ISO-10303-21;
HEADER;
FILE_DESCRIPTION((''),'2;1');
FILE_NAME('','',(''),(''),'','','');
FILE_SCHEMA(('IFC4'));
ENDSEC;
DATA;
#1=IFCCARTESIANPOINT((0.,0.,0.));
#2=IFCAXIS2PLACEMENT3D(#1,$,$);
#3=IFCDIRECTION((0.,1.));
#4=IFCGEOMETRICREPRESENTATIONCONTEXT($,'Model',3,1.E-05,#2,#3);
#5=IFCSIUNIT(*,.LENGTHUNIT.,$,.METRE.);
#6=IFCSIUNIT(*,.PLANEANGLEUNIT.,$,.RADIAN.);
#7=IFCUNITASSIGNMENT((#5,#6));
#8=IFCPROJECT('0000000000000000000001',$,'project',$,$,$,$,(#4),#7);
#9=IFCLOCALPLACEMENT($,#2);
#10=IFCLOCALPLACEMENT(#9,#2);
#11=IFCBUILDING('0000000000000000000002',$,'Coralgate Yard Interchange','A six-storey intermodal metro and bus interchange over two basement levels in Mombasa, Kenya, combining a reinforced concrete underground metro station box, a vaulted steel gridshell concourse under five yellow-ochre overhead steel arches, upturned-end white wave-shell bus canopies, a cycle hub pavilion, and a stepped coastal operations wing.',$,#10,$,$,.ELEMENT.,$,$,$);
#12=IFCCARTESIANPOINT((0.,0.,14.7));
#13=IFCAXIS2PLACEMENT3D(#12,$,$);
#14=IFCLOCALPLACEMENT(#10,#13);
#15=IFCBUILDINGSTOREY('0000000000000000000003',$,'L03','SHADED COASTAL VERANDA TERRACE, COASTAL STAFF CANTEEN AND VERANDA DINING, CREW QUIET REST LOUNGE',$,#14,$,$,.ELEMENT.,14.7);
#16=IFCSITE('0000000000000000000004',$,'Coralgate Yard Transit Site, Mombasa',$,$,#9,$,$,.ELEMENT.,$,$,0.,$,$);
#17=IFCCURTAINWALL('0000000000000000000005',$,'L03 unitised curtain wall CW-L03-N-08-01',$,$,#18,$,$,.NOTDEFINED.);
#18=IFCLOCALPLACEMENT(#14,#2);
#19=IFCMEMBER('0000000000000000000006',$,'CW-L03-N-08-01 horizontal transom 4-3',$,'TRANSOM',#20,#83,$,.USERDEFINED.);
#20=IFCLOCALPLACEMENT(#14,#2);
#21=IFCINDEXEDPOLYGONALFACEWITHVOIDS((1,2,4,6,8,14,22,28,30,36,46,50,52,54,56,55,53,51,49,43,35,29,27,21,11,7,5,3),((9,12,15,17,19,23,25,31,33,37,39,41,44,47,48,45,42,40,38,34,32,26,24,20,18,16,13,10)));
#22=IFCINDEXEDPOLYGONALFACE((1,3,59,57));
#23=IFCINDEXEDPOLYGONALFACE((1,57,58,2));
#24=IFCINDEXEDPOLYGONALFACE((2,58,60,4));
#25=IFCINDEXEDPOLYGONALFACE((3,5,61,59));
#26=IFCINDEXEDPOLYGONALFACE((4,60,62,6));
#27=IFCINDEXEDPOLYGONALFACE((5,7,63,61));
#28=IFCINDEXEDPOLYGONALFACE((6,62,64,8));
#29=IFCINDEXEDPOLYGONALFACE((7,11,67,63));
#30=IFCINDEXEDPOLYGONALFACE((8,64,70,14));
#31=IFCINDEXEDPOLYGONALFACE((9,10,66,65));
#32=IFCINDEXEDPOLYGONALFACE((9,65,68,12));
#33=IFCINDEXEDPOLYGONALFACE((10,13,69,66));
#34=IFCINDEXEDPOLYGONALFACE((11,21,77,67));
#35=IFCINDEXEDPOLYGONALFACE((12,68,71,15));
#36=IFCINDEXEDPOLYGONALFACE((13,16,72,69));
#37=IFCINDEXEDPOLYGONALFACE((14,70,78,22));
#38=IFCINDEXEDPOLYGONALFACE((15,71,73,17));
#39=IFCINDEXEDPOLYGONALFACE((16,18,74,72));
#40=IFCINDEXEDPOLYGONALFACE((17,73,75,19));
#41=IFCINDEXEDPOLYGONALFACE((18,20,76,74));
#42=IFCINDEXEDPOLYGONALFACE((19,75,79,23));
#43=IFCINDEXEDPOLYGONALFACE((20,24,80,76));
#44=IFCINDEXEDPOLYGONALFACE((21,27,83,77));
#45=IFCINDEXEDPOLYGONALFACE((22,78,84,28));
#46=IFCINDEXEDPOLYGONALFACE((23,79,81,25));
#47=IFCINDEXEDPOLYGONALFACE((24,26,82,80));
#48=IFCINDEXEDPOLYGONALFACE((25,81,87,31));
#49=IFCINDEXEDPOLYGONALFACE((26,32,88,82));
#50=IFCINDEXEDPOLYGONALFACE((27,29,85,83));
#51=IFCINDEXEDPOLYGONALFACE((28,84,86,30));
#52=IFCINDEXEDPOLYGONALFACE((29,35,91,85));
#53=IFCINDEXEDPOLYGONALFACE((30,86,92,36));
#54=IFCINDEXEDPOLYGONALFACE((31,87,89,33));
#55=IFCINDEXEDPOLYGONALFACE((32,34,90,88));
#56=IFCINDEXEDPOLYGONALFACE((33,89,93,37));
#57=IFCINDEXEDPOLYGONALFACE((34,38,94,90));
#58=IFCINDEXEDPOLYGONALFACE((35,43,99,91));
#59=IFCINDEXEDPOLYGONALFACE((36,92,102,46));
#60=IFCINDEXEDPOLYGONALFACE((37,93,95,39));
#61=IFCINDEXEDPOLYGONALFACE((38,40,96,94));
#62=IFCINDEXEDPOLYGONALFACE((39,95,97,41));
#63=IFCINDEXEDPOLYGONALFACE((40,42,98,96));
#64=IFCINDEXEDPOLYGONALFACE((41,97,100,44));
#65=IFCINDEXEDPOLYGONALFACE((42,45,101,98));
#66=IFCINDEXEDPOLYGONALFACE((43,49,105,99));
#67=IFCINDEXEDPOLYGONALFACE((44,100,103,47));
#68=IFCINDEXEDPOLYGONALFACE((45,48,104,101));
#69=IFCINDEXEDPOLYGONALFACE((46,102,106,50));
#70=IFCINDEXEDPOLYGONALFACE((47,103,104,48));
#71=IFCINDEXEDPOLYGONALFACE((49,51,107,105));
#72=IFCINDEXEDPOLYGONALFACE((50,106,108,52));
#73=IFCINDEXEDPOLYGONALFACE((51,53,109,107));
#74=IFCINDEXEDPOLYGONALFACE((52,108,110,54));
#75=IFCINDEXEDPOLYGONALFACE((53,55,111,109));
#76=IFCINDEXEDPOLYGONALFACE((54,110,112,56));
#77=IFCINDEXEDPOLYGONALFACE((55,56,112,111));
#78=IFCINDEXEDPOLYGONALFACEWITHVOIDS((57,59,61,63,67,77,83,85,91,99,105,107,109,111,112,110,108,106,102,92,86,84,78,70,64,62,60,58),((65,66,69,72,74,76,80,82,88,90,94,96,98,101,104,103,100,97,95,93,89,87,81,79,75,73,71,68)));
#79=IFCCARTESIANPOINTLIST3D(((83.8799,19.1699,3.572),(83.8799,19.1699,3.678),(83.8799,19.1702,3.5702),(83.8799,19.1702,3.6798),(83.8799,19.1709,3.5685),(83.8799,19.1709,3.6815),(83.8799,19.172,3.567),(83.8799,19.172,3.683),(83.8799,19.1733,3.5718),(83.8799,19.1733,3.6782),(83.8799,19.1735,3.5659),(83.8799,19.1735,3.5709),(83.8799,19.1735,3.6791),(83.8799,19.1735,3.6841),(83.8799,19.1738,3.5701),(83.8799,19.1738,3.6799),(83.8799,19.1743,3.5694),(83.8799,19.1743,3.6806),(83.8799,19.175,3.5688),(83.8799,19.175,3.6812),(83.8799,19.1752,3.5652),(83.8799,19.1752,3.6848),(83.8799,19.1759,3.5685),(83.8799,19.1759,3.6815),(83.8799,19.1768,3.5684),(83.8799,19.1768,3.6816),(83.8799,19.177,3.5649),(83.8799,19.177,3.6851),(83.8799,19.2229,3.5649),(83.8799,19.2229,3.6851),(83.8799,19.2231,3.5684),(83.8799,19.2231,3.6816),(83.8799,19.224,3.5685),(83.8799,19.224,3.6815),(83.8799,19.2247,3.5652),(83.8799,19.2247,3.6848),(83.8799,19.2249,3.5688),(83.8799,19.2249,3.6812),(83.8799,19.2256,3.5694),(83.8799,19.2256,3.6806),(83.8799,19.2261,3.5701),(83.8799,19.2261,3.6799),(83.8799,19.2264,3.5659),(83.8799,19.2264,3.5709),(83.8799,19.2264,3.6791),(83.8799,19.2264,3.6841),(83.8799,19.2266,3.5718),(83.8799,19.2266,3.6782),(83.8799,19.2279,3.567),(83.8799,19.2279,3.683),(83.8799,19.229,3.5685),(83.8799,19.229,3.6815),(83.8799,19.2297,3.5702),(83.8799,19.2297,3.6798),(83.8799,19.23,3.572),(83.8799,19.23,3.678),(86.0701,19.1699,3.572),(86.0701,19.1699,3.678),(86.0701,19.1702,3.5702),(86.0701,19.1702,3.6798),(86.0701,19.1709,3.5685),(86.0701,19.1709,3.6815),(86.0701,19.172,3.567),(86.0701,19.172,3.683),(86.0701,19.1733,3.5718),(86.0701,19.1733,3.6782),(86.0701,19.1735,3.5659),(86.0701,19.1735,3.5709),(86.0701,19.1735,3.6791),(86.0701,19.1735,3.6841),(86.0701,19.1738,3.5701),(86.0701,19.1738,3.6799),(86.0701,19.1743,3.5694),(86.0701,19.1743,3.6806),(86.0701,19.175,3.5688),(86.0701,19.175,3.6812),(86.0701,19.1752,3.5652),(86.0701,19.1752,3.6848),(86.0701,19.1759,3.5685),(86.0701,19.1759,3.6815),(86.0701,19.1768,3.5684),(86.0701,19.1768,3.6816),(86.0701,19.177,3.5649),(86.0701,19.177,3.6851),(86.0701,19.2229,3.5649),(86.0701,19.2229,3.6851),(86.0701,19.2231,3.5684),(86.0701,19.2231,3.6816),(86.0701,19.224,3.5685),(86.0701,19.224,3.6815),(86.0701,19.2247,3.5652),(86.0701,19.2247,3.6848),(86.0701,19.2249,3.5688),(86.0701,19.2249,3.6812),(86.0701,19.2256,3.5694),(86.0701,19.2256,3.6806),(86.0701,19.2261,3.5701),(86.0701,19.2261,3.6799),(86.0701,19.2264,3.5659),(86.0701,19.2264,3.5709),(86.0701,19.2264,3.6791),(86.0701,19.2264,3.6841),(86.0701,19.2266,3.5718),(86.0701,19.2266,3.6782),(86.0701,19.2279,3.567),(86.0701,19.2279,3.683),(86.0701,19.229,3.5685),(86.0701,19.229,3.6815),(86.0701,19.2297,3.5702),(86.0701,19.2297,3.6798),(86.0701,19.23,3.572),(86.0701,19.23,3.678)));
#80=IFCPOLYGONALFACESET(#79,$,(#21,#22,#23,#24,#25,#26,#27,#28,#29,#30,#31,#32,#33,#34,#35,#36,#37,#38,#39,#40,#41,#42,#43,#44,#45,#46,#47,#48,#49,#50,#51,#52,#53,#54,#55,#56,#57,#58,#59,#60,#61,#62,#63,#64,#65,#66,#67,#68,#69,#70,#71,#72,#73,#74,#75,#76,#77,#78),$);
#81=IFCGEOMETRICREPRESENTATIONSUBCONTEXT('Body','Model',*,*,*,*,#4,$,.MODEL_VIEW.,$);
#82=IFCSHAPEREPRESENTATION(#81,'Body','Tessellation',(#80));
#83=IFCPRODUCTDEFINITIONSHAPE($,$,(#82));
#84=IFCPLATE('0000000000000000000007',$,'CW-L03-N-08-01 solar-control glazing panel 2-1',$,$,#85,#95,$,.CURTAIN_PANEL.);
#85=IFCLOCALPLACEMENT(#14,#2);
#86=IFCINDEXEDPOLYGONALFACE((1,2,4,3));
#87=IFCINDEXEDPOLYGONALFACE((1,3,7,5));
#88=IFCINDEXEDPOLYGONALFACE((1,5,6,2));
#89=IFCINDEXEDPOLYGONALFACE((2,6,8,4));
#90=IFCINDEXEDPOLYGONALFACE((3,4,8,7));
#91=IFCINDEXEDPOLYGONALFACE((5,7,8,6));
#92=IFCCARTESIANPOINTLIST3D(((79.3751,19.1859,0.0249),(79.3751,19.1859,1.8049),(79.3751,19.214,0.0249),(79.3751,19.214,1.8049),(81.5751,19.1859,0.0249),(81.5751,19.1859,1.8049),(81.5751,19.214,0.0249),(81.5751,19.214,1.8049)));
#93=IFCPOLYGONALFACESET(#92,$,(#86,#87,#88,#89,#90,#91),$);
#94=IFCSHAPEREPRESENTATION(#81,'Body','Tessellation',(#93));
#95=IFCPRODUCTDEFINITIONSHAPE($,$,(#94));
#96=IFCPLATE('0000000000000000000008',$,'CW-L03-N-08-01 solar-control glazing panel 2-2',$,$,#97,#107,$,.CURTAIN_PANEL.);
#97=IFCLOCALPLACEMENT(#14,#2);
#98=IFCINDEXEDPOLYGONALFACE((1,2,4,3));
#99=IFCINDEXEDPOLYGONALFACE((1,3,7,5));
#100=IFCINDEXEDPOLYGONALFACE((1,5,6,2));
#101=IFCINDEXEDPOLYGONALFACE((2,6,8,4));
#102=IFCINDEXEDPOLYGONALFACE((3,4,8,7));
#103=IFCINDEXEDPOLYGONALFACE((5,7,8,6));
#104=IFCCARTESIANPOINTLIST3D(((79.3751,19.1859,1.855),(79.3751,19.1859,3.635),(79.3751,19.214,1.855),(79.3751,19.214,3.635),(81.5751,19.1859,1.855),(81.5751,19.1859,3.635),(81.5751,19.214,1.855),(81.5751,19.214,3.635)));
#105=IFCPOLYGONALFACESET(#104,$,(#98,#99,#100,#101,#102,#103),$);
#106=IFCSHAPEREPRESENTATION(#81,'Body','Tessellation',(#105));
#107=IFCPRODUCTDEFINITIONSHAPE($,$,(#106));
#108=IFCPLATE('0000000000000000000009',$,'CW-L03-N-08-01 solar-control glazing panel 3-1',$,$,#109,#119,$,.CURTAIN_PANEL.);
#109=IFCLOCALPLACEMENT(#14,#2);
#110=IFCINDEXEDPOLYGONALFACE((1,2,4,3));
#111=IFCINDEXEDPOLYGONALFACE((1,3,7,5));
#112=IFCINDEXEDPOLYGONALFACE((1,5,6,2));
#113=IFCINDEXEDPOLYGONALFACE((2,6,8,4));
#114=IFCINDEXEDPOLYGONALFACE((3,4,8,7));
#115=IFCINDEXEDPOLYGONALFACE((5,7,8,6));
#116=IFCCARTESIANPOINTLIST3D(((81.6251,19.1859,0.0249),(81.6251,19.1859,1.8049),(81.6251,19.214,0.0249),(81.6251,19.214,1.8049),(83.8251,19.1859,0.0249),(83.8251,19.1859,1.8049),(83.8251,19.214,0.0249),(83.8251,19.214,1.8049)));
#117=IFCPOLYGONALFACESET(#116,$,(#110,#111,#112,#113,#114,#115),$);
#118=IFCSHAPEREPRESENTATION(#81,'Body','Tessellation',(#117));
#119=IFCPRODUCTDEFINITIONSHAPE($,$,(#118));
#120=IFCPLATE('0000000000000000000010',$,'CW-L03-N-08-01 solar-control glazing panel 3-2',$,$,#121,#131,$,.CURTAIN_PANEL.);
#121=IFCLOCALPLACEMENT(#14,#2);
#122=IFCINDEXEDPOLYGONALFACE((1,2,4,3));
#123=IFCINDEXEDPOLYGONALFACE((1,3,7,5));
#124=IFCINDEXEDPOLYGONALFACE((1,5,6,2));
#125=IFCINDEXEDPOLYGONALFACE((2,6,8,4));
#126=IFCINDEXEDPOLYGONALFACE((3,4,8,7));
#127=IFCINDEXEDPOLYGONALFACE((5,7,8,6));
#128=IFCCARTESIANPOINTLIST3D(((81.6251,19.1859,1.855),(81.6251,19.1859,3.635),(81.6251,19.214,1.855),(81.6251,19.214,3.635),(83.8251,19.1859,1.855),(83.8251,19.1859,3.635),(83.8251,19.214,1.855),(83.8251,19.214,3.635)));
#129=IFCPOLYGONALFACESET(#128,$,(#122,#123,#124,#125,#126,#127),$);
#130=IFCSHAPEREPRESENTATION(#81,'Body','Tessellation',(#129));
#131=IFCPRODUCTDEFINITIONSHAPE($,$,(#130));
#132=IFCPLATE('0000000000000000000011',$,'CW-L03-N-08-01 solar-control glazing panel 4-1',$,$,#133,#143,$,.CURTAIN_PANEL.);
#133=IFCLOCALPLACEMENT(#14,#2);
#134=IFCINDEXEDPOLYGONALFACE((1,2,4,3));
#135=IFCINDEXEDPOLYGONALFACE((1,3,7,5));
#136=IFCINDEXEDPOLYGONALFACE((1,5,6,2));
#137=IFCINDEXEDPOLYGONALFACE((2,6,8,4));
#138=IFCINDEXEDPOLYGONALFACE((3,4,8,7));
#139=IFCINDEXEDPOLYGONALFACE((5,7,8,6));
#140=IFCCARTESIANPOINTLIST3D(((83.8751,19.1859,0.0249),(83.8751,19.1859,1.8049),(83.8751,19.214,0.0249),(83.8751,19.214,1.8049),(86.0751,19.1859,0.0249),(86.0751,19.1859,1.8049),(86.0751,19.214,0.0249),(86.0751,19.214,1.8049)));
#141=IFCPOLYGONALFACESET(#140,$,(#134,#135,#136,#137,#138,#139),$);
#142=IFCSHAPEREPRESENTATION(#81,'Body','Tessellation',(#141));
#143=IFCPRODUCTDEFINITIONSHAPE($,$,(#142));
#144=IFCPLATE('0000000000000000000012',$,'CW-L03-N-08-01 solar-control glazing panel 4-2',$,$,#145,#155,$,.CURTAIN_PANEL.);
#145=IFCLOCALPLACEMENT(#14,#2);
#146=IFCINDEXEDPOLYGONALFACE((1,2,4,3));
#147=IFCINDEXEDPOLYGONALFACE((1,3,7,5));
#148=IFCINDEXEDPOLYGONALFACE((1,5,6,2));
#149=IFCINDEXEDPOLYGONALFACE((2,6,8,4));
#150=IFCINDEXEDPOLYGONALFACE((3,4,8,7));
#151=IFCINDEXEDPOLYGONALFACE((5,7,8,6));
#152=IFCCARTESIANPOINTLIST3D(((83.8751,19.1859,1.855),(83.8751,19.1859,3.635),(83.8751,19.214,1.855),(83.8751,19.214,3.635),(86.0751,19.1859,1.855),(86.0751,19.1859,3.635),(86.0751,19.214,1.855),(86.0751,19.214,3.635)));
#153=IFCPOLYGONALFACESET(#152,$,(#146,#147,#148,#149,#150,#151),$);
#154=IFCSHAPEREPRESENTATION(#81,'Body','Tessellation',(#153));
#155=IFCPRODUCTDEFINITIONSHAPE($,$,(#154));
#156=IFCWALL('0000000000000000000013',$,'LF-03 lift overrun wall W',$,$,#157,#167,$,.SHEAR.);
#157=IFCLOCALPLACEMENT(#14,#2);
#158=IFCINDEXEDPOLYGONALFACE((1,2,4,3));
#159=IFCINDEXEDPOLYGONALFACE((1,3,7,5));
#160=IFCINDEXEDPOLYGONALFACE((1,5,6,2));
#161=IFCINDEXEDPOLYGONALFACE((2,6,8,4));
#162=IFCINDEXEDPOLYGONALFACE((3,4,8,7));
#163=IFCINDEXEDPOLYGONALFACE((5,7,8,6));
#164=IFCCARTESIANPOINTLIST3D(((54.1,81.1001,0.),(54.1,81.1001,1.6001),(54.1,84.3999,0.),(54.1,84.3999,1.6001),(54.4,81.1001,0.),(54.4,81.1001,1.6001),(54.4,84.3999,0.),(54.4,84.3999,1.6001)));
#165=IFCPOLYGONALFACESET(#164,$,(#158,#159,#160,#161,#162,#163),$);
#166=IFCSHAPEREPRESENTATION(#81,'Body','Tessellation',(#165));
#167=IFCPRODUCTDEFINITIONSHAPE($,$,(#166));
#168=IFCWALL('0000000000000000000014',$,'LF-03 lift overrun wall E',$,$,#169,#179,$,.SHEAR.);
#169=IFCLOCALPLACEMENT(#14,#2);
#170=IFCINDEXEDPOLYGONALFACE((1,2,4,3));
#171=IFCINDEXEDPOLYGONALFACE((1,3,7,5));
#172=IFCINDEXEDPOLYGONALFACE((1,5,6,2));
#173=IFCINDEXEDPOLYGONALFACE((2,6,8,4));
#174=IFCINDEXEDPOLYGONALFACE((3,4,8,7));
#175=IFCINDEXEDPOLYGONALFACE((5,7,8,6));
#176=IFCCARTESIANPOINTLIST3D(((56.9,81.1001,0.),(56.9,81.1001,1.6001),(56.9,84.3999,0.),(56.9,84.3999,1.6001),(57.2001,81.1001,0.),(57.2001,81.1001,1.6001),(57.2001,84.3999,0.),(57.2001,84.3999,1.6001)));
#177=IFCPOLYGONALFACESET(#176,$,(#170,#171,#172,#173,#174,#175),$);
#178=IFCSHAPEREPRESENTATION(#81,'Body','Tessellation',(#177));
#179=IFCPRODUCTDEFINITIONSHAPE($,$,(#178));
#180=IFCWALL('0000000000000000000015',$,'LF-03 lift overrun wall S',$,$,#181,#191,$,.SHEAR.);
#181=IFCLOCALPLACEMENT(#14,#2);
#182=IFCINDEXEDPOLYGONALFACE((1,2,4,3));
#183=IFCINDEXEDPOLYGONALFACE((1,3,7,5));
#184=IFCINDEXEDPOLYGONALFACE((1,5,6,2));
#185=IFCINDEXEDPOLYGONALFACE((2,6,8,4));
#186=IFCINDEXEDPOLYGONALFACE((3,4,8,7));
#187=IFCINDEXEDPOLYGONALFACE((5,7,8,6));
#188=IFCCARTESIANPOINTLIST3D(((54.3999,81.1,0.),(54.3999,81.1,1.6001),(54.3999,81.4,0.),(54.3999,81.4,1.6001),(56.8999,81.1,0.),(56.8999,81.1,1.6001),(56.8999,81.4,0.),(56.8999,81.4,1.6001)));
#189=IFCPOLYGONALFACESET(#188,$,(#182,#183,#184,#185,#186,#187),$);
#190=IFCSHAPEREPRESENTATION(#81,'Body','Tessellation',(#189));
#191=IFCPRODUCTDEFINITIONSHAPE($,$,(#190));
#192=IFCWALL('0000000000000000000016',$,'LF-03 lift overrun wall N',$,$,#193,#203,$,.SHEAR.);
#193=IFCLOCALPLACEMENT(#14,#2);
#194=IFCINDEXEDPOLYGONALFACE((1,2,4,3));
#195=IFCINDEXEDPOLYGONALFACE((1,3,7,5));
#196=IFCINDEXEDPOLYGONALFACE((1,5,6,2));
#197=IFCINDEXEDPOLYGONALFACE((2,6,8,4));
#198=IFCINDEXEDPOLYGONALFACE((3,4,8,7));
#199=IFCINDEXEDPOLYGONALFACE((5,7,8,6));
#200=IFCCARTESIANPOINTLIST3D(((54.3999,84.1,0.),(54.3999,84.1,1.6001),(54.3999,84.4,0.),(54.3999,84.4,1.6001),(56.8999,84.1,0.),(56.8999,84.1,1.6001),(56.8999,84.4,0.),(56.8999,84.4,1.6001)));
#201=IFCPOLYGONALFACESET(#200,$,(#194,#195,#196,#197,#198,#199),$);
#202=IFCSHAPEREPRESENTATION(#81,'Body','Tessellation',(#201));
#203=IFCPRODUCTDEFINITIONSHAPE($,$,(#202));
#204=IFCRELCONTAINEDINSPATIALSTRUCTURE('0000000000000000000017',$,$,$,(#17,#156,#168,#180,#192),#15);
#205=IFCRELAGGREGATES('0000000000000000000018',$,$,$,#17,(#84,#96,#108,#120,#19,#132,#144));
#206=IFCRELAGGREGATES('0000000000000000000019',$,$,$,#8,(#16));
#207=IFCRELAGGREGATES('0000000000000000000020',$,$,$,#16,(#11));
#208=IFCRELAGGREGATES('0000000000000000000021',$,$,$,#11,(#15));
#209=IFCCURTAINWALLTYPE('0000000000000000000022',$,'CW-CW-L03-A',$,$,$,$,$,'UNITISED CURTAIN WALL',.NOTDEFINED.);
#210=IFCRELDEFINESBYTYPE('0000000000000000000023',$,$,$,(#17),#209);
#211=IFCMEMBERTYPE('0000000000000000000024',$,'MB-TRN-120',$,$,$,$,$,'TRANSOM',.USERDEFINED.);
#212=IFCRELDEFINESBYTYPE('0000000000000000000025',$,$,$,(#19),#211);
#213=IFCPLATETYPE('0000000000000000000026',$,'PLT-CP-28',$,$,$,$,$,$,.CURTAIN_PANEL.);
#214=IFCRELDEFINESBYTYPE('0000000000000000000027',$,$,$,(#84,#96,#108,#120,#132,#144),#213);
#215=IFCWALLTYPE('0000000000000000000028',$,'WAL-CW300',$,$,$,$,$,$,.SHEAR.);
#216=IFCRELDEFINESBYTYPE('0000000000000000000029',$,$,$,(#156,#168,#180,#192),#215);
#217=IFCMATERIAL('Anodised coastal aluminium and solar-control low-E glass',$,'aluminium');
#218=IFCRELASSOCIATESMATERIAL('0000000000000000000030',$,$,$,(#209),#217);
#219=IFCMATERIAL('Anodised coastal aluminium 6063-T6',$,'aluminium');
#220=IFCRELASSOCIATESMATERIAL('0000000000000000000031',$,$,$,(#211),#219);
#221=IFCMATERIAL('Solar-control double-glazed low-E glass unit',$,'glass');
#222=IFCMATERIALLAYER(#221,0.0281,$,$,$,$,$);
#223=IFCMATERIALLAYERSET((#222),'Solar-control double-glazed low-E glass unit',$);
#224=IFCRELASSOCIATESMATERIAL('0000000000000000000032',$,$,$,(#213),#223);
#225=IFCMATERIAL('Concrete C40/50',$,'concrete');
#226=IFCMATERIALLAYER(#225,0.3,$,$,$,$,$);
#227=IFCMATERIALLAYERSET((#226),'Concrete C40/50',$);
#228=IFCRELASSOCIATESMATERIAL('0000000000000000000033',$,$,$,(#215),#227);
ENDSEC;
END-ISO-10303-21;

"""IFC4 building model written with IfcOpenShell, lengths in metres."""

from ifc_helpers import new_model, si_unit, direction, frame, frame_2d, origin, origin_2d, place, context, subcontext, project, spatial, rectangle, hollow_rectangle, extrude, material, layer, layer_set, material_profile, profile_set, type_object, element, aggregate, save


model = new_model("IFC4")

# Units and contexts
model_context = context("Model", 3, precision=1e-05, world=origin(), true_north=direction((0.0, 1.0)))
body_context = subcontext(model_context, "Body", "Model", "MODEL_VIEW")
ifc_project = project(units=[si_unit("LENGTHUNIT", "METRE"), si_unit("PLANEANGLEUNIT", "RADIAN")], contexts=[model_context])

# Site, building, storey
site_placement = place(None, origin())
site = spatial("IfcSite", under=ifc_project, at=site_placement, Name="Coralgate Yard Transit Site, Mombasa", CompositionType="ELEMENT", RefElevation=0.0)
building_placement = place(site_placement, origin())
building = spatial("IfcBuilding", under=site, at=building_placement, Name="Coralgate Yard Interchange", Description="A six-storey intermodal metro and bus interchange over two basement levels in Mombasa, Kenya, combining a reinforced concrete underground metro station box, a vaulted steel gridshell concourse under five yellow-ochre overhead steel arches, upturned-end white wave-shell bus canopies, a cycle hub pavilion, and a stepped coastal operations wing.", CompositionType="ELEMENT")
storey_placement = place(building_placement, frame((0.0, 0.0, 14.7)))
storey = spatial("IfcBuildingStorey", under=building, at=storey_placement, Name="L03", Description="SHADED COASTAL VERANDA TERRACE, COASTAL STAFF CANTEEN AND VERANDA DINING, CREW QUIET REST LOUNGE", CompositionType="ELEMENT", Elevation=14.7)

# Curtain wall, member, plates
ifc_material_1 = material(Name="Anodised coastal aluminium and solar-control low-E glass", Category="aluminium")
curtain_wall_type = type_object("IfcCurtainWallType", Name="CW-CW-L03-A", ElementType="UNITISED CURTAIN WALL", PredefinedType="NOTDEFINED", material=ifc_material_1)
curtain_wall_placement = place(storey_placement, origin())
curtain_wall = element("IfcCurtainWall", 1, at=curtain_wall_placement, inside=storey, type_object=curtain_wall_type, Name="L03 unitised curtain wall CW-L03-N-08-01", PredefinedType="NOTDEFINED")
ifc_material_2 = material(Name="Anodised coastal aluminium 6063-T6", Category="aluminium")
ifc_material_profile_1 = material_profile(ifc_material_2, hollow_rectangle(XDim=0.0601, YDim=0.1201, WallThickness=0.0034, InnerFilletRadius=0.0034, OuterFilletRadius=0.0071, at=origin_2d()), Name="ALU 60x120x3.5")
ifc_profile_set_1 = profile_set([ifc_material_profile_1], Name="Anodised coastal aluminium 6063-T6")
member_type_1 = type_object("IfcMemberType", Name="MB-TRN-120", ElementType="TRANSOM", PredefinedType="USERDEFINED", material=ifc_profile_set_1)
member_1_placement = place(storey_placement, frame((83.8799, 19.2, 3.625), z_axis=(1.0, 0.0, 0.0), x_axis=(0.0, 1.0, 0.0)))
member_1 = element("IfcMember", 2, at=member_1_placement, type_object=member_type_1, Name="CW-L03-N-08-01 horizontal transom 4-3", ObjectType="TRANSOM", PredefinedType="USERDEFINED", context=body_context, shape_type="SweptSolid", body=[
    extrude(hollow_rectangle(XDim=0.0601, YDim=0.1201, WallThickness=0.0034, InnerFilletRadius=0.0034, OuterFilletRadius=0.0071, at=origin_2d()), origin(), (0.0, 0.0, 1.0), 2.1902),
])
ifc_material_3 = material(Name="Solar-control double-glazed low-E glass unit", Category="glass")
ifc_layer_1 = layer(ifc_material_3, 0.0281)
ifc_layer_set_1 = layer_set([ifc_layer_1], Name="Solar-control double-glazed low-E glass unit")
plate_type = type_object("IfcPlateType", Name="PLT-CP-28", PredefinedType="CURTAIN_PANEL", material=ifc_layer_set_1)
plate_1_placement = place(storey_placement, frame((80.4751, 19.2, 0.0249), z_axis=(0.0, 0.0, 1.0), x_axis=(1.0, 0.0, 0.0)))
plate_1 = element("IfcPlate", 3, at=plate_1_placement, type_object=plate_type, Name="CW-L03-N-08-01 solar-control glazing panel 2-1", PredefinedType="CURTAIN_PANEL", context=body_context, shape_type="SweptSolid", body=[
    extrude(rectangle(XDim=2.2, YDim=0.0281, at=origin_2d()), origin(), (0.0, 0.0, 1.0), 1.78),
])
plate_2_placement = place(storey_placement, frame((80.4751, 19.2, 1.855), z_axis=(0.0, 0.0, 1.0), x_axis=(1.0, 0.0, 0.0)))
plate_2 = element("IfcPlate", 4, at=plate_2_placement, type_object=plate_type, Name="CW-L03-N-08-01 solar-control glazing panel 2-2", PredefinedType="CURTAIN_PANEL", context=body_context, shape_type="SweptSolid", body=[
    extrude(rectangle(XDim=2.2, YDim=0.0281, at=origin_2d()), origin(), (0.0, 0.0, 1.0), 1.78),
])
plate_3_placement = place(storey_placement, frame((82.7251, 19.2, 0.0249), z_axis=(0.0, 0.0, 1.0), x_axis=(1.0, 0.0, 0.0)))
plate_3 = element("IfcPlate", 5, at=plate_3_placement, type_object=plate_type, Name="CW-L03-N-08-01 solar-control glazing panel 3-1", PredefinedType="CURTAIN_PANEL", context=body_context, shape_type="SweptSolid", body=[
    extrude(rectangle(XDim=2.2, YDim=0.0281, at=origin_2d()), origin(), (0.0, 0.0, 1.0), 1.78),
])
plate_4_placement = place(storey_placement, frame((82.7251, 19.2, 1.855), z_axis=(0.0, 0.0, 1.0), x_axis=(1.0, 0.0, 0.0)))
plate_4 = element("IfcPlate", 6, at=plate_4_placement, type_object=plate_type, Name="CW-L03-N-08-01 solar-control glazing panel 3-2", PredefinedType="CURTAIN_PANEL", context=body_context, shape_type="SweptSolid", body=[
    extrude(rectangle(XDim=2.2, YDim=0.0281, at=origin_2d()), origin(), (0.0, 0.0, 1.0), 1.78),
])
plate_5_placement = place(storey_placement, frame((84.9751, 19.2, 0.0249), z_axis=(0.0, 0.0, 1.0), x_axis=(1.0, 0.0, 0.0)))
plate_5 = element("IfcPlate", 7, at=plate_5_placement, type_object=plate_type, Name="CW-L03-N-08-01 solar-control glazing panel 4-1", PredefinedType="CURTAIN_PANEL", context=body_context, shape_type="SweptSolid", body=[
    extrude(rectangle(XDim=2.2, YDim=0.0281, at=origin_2d()), origin(), (0.0, 0.0, 1.0), 1.78),
])
plate_6_placement = place(storey_placement, frame((84.9751, 19.2, 1.855), z_axis=(0.0, 0.0, 1.0), x_axis=(1.0, 0.0, 0.0)))
plate_6 = element("IfcPlate", 8, at=plate_6_placement, type_object=plate_type, Name="CW-L03-N-08-01 solar-control glazing panel 4-2", PredefinedType="CURTAIN_PANEL", context=body_context, shape_type="SweptSolid", body=[
    extrude(rectangle(XDim=2.2, YDim=0.0281, at=origin_2d()), origin(), (0.0, 0.0, 1.0), 1.78),
])
aggregate(curtain_wall, [plate_1, plate_2, plate_3, plate_4, member_1, plate_5, plate_6])

# Walls
ifc_material_4 = material(Name="Concrete C40/50", Category="concrete")
ifc_layer_2 = layer(ifc_material_4, 0.3)
ifc_layer_set_2 = layer_set([ifc_layer_2], Name="Concrete C40/50")
wall_type = type_object("IfcWallType", Name="WAL-CW300", PredefinedType="SHEAR", material=ifc_layer_set_2)
for number, where, z_axis, x_axis, name in (
    (9, (54.25, 81.1001, 0.0), (0.0, 0.0, 1.0), (0.0, 1.0, 0.0), "LF-03 lift overrun wall W"),
    (10, (57.05, 81.1001, 0.0), (0.0, 0.0, 1.0), (0.0, 1.0, 0.0), "LF-03 lift overrun wall E"),
):
    element("IfcWall", number, at=place(storey_placement, frame(where, z_axis=z_axis, x_axis=x_axis)), inside=storey, type_object=wall_type, Name=name, PredefinedType="SHEAR", context=body_context, shape_type="SweptSolid", body=[
        extrude(rectangle(XDim=3.2998, YDim=0.3, at=frame_2d((1.6499, 0.0))), origin(), (0.0, 0.0, 1.0), 1.6001),
    ])
for number, where, z_axis, x_axis, name in (
    (11, (54.3999, 81.25, 0.0), (0.0, 0.0, 1.0), (1.0, 0.0, 0.0), "LF-03 lift overrun wall S"),
    (12, (54.3999, 84.25, 0.0), (0.0, 0.0, 1.0), (1.0, 0.0, 0.0), "LF-03 lift overrun wall N"),
):
    element("IfcWall", number, at=place(storey_placement, frame(where, z_axis=z_axis, x_axis=x_axis)), inside=storey, type_object=wall_type, Name=name, PredefinedType="SHEAR", context=body_context, shape_type="SweptSolid", body=[
        extrude(rectangle(XDim=2.5, YDim=0.3, at=frame_2d((1.25, 0.0))), origin(), (0.0, 0.0, 1.0), 1.6001),
    ])

save(model, "model.ifc")
